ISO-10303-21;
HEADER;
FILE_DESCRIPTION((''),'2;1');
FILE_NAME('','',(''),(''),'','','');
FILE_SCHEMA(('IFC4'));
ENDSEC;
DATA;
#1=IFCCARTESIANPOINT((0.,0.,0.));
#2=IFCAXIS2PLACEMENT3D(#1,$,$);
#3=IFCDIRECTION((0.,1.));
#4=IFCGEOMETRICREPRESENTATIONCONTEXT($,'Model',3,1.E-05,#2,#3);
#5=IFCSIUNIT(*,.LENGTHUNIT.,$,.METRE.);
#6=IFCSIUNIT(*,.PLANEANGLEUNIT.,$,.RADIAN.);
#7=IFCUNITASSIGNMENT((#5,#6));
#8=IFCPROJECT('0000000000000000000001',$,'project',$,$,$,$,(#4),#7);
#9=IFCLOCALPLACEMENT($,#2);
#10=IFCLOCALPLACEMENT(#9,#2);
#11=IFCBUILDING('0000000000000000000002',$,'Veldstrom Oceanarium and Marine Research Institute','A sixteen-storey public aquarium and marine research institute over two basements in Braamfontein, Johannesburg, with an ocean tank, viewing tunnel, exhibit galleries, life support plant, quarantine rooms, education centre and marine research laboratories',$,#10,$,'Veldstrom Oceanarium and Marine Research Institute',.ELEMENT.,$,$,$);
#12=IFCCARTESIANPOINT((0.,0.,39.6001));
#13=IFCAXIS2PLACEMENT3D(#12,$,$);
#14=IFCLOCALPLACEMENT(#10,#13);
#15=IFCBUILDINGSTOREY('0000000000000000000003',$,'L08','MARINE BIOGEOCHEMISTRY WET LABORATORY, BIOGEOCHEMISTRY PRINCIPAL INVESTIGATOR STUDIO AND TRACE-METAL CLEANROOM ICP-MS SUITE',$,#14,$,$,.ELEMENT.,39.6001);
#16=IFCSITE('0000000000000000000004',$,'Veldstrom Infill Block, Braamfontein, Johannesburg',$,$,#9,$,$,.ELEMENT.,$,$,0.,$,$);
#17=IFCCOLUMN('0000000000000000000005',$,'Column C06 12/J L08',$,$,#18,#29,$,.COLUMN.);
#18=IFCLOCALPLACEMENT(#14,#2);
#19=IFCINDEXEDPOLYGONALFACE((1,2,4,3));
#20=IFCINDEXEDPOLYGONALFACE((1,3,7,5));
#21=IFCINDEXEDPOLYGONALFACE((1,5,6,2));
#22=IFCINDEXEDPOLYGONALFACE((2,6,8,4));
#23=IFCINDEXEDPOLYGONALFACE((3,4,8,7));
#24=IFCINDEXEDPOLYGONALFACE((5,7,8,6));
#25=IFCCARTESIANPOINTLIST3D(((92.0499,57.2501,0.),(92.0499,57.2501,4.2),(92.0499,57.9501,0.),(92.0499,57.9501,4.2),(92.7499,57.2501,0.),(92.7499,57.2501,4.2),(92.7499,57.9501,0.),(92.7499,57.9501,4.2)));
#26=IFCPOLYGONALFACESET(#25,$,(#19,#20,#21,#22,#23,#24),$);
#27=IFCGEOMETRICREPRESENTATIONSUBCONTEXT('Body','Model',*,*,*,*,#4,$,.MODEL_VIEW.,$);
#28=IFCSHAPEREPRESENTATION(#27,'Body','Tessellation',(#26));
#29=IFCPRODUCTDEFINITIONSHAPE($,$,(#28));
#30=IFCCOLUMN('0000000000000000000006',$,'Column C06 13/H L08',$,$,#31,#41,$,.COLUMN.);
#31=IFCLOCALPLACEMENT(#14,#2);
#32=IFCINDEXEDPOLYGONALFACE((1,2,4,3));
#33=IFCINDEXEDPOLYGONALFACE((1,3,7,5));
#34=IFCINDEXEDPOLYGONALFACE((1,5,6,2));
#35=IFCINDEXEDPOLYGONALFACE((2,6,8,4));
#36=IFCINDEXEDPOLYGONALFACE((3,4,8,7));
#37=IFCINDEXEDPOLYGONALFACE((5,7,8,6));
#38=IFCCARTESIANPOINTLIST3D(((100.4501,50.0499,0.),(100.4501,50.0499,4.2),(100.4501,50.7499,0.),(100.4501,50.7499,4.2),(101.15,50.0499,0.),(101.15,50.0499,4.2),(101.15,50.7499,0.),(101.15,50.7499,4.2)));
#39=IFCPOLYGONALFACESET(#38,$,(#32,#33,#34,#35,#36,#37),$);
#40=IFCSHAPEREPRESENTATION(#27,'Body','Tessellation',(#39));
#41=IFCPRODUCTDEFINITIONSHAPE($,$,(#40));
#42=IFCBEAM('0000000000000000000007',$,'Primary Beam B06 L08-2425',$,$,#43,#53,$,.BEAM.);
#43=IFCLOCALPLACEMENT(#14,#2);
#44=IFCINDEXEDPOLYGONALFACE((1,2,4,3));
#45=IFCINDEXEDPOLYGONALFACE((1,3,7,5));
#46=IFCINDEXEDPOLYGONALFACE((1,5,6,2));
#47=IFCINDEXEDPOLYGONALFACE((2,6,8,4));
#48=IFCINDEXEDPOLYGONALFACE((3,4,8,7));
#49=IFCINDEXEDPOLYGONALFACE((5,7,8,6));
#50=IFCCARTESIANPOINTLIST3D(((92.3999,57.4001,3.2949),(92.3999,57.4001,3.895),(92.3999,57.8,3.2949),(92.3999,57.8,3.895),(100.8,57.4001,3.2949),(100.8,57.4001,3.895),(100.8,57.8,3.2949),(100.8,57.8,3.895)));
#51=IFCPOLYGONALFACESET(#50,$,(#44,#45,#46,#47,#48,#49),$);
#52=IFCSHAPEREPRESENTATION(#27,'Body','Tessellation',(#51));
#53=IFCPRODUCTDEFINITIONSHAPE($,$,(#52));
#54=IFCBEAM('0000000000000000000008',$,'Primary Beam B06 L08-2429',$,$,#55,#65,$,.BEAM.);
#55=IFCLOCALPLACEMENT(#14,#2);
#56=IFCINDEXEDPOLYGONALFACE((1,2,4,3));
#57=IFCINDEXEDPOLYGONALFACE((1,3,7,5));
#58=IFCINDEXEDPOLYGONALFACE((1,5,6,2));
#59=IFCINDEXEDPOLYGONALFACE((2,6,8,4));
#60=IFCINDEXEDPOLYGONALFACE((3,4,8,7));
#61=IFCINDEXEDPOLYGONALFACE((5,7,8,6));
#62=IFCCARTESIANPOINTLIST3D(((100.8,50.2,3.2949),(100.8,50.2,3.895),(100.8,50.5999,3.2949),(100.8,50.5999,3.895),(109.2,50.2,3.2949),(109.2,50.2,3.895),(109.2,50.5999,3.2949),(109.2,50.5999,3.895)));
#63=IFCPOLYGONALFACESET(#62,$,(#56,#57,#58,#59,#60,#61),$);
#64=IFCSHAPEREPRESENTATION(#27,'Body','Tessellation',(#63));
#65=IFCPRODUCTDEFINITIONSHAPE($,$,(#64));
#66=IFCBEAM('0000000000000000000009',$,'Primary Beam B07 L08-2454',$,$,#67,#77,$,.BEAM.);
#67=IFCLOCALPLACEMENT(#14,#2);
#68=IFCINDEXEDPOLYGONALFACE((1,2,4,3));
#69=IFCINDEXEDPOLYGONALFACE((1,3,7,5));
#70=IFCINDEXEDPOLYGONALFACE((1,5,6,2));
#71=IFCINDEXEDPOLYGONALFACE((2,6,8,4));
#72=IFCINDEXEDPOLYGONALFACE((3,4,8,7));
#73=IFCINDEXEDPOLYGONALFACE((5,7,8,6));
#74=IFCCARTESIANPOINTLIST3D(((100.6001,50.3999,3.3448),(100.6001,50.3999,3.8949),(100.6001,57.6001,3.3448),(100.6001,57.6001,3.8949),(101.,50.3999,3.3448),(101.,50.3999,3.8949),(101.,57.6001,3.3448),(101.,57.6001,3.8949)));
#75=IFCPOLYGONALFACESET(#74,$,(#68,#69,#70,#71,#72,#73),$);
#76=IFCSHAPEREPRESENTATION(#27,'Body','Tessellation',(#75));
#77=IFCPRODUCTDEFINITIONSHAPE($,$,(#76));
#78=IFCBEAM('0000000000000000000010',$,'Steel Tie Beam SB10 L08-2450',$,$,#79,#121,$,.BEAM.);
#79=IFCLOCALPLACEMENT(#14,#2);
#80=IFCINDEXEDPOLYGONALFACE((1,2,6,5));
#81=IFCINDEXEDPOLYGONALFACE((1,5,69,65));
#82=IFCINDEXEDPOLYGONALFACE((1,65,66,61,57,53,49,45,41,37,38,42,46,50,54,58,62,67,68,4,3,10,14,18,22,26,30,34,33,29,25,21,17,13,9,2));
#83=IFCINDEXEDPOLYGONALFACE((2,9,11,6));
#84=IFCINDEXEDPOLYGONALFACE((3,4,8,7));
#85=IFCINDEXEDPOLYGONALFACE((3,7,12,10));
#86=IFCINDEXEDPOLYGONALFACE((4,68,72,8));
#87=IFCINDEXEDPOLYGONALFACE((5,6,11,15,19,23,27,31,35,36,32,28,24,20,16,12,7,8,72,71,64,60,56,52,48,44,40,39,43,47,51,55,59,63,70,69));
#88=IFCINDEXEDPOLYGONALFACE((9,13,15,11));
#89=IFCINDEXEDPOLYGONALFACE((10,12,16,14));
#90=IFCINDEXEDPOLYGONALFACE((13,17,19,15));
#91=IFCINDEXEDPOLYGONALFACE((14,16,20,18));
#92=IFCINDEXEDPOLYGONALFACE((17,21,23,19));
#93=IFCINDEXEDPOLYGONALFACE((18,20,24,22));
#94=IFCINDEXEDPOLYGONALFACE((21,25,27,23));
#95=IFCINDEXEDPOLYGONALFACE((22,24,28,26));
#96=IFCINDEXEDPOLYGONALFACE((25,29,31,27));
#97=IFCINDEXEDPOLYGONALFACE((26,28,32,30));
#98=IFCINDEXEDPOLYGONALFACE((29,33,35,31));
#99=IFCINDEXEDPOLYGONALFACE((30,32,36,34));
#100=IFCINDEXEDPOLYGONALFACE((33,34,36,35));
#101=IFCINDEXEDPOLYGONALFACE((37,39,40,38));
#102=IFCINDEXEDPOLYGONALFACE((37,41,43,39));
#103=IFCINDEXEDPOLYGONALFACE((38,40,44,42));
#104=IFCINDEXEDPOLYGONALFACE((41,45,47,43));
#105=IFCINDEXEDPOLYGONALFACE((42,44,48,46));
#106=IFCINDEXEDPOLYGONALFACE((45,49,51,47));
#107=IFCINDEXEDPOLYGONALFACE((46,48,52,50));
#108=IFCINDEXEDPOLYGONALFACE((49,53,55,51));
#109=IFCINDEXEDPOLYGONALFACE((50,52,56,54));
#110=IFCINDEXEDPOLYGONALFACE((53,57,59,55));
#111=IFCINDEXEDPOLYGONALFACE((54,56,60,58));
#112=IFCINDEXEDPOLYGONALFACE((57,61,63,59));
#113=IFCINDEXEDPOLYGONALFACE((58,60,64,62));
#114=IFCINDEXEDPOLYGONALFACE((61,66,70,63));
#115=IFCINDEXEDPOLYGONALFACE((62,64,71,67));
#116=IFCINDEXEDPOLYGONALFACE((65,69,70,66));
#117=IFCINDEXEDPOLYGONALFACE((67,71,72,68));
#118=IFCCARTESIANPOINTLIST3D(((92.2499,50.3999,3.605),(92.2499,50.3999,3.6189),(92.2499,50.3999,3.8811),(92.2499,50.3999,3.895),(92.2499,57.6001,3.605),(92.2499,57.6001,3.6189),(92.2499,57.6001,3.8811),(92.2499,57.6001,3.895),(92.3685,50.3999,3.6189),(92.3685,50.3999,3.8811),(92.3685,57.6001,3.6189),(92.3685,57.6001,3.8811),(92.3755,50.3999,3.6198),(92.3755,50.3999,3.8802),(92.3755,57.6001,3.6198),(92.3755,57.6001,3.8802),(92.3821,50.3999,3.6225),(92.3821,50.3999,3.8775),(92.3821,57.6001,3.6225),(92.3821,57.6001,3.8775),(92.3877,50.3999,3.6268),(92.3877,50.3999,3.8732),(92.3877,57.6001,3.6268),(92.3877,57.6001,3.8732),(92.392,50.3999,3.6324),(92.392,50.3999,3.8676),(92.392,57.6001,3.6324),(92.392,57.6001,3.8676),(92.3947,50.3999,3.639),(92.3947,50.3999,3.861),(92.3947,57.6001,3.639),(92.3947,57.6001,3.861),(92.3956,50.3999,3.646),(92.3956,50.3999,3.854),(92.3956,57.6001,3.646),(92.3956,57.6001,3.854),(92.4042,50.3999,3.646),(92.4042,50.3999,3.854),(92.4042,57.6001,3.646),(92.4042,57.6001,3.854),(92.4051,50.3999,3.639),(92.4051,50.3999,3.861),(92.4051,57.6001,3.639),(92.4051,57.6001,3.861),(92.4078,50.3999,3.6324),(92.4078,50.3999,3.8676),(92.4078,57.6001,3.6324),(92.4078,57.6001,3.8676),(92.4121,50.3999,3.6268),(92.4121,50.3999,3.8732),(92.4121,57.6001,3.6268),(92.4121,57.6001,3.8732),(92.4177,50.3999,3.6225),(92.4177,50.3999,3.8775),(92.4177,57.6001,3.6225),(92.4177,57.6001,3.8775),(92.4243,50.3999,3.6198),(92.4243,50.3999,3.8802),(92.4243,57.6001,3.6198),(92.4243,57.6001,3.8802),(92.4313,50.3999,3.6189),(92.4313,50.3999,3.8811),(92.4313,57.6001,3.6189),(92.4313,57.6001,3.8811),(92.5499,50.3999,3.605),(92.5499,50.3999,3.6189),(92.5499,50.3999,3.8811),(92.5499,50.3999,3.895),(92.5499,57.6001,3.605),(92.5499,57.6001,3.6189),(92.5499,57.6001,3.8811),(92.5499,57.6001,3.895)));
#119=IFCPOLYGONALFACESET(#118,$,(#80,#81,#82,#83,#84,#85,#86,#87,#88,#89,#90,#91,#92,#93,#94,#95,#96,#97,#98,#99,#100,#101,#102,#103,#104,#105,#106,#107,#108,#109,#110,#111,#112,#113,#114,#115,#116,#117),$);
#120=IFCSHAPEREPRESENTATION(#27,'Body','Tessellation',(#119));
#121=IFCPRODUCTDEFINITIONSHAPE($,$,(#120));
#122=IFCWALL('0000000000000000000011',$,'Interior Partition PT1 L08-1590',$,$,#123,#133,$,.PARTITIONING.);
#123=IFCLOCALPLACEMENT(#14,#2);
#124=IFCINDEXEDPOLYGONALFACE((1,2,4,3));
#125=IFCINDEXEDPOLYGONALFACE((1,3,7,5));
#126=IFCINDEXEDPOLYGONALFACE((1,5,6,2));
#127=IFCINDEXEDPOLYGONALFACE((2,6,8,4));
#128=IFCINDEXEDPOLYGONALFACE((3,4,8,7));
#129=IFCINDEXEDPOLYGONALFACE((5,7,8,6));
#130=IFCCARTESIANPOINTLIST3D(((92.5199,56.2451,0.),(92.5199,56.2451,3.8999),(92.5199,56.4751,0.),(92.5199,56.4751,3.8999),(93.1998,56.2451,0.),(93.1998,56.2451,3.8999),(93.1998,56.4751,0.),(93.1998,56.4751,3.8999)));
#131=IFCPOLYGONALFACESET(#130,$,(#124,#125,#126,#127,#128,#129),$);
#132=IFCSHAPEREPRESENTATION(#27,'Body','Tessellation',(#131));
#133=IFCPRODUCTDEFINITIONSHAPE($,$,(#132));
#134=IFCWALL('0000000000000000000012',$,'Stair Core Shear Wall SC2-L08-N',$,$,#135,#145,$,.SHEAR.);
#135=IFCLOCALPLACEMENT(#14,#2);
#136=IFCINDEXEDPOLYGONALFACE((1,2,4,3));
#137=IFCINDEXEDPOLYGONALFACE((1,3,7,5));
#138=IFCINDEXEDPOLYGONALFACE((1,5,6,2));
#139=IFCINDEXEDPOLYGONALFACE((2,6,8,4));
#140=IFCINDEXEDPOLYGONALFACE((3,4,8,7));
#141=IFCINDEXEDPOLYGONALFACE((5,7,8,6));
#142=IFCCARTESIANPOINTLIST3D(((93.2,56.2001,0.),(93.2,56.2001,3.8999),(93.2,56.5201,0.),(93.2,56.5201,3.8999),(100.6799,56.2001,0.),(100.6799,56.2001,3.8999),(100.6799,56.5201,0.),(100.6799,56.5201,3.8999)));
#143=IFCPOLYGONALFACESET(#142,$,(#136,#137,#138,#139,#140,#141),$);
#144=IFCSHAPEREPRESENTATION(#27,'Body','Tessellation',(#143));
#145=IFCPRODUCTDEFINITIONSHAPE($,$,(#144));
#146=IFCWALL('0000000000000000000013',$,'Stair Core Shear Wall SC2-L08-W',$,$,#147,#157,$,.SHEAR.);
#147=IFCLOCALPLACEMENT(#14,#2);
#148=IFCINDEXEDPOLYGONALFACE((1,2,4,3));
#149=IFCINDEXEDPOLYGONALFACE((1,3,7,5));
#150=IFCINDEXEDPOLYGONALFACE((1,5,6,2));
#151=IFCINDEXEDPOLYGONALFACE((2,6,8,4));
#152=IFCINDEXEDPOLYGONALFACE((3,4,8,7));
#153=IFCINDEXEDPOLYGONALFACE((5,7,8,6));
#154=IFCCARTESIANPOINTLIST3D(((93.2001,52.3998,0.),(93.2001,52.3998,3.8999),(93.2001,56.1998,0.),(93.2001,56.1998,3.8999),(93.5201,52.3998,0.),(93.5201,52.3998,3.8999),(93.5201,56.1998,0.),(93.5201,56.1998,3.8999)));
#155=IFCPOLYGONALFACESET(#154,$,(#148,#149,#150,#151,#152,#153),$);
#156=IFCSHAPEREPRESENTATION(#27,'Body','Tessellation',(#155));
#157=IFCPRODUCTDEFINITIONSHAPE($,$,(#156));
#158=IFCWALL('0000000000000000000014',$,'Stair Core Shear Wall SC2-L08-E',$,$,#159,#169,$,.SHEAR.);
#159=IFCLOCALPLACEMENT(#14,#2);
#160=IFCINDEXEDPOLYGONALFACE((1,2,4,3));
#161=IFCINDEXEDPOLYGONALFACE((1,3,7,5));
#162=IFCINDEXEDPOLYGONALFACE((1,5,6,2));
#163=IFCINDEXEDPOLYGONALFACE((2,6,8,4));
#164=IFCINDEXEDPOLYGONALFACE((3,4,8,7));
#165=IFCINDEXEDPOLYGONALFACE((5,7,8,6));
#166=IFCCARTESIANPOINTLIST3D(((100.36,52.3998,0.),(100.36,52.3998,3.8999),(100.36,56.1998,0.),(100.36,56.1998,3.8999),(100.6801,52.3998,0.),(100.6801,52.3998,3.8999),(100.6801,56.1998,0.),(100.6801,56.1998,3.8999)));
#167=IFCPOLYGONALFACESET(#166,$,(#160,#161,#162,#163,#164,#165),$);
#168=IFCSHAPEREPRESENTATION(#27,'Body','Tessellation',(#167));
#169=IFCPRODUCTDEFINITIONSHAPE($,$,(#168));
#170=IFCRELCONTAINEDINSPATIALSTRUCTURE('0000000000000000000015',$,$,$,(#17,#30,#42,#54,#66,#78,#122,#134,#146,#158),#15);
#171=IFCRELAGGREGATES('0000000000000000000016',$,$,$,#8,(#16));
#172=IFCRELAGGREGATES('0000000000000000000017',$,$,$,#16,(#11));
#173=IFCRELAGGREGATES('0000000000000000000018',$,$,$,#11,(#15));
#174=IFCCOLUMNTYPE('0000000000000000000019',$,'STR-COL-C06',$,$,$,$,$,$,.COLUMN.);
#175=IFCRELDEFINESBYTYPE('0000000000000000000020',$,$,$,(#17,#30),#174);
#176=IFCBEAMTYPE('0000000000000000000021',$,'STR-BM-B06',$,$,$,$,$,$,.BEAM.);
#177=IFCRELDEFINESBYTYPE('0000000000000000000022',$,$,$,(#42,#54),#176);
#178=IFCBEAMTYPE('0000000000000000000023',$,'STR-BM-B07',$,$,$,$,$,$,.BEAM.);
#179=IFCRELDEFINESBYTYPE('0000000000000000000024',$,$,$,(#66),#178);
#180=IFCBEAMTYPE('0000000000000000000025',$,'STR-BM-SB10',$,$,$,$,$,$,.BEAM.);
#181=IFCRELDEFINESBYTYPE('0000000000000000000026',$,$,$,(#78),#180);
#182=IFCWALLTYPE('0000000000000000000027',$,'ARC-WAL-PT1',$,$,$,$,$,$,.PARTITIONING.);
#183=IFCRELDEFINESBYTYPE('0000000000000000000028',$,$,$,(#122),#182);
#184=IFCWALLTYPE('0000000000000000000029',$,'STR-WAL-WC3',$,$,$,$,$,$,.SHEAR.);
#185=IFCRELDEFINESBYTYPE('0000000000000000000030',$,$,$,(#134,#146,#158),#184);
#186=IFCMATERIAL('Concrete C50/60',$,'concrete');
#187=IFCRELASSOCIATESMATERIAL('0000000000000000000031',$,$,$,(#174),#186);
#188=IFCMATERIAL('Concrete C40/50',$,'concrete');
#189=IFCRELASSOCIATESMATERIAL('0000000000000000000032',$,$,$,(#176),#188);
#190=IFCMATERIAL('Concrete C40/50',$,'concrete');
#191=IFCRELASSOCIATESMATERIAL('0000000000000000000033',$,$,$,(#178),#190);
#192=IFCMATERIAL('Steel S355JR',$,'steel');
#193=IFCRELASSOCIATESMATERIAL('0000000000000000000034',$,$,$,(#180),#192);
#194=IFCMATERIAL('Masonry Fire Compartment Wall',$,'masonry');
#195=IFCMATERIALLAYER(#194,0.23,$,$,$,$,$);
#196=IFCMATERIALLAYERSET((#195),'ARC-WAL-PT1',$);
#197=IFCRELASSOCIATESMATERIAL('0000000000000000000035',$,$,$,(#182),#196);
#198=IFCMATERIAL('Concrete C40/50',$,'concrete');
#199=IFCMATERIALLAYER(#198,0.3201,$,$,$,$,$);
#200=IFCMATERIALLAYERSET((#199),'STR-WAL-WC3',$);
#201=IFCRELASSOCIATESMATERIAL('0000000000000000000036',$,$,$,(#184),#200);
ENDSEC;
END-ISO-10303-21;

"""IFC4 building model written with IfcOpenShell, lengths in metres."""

from ifc_helpers import new_model, si_unit, direction, frame, frame_2d, origin, origin_2d, place, context, subcontext, project, spatial, rectangle, i_section, extrude, material, layer, layer_set, material_profile, profile_set, type_object, element, save


model = new_model("IFC4")

# Units and contexts
model_context = context("Model", 3, precision=1e-05, world=origin(), true_north=direction((0.0, 1.0)))
body_context = subcontext(model_context, "Body", "Model", "MODEL_VIEW")
ifc_project = project(units=[si_unit("LENGTHUNIT", "METRE"), si_unit("PLANEANGLEUNIT", "RADIAN")], contexts=[model_context])

# Site, building, storey
site_placement = place(None, origin())
site = spatial("IfcSite", under=ifc_project, at=site_placement, Name="Veldstrom Infill Block, Braamfontein, Johannesburg", CompositionType="ELEMENT", RefElevation=0.0)
building_placement = place(site_placement, origin())
building = spatial("IfcBuilding", under=site, at=building_placement, Name="Veldstrom Oceanarium and Marine Research Institute", Description="A sixteen-storey public aquarium and marine research institute over two basements in Braamfontein, Johannesburg, with an ocean tank, viewing tunnel, exhibit galleries, life support plant, quarantine rooms, education centre and marine research laboratories", LongName="Veldstrom Oceanarium and Marine Research Institute", CompositionType="ELEMENT")
storey_placement = place(building_placement, frame((0.0, 0.0, 39.6001)))
storey = spatial("IfcBuildingStorey", under=building, at=storey_placement, Name="L08", Description="MARINE BIOGEOCHEMISTRY WET LABORATORY, BIOGEOCHEMISTRY PRINCIPAL INVESTIGATOR STUDIO AND TRACE-METAL CLEANROOM ICP-MS SUITE", CompositionType="ELEMENT", Elevation=39.6001)

# Columns
ifc_material_1 = material(Name="Concrete C50/60", Category="concrete")
ifc_material_profile_1 = material_profile(ifc_material_1, rectangle(XDim=0.7, YDim=0.7, at=origin_2d()), Name="RC-COL-700x700")
ifc_profile_set_1 = profile_set([ifc_material_profile_1], Name="Concrete C50/60")
column_type = type_object("IfcColumnType", Name="STR-COL-C06", PredefinedType="COLUMN", material=ifc_profile_set_1)
for number, where, z_axis, x_axis, name in (
    (1, (92.3999, 57.6001, 0.0), (0.0, 0.0, 1.0), (1.0, 0.0, 0.0), "Column C06 12/J L08"),
    (2, (100.8, 50.3999, 0.0), (0.0, 0.0, 1.0), (1.0, 0.0, 0.0), "Column C06 13/H L08"),
):
    element("IfcColumn", number, at=place(storey_placement, frame(where, z_axis=z_axis, x_axis=x_axis)), inside=storey, type_object=column_type, Name=name, PredefinedType="COLUMN", context=body_context, shape_type="SweptSolid", body=[
        extrude(rectangle(XDim=0.7, YDim=0.7, at=origin_2d()), origin(), (0.0, 0.0, 1.0), 4.2),
    ])

# Beams
ifc_material_2 = material(Name="Concrete C40/50", Category="concrete")
ifc_material_profile_2 = material_profile(ifc_material_2, rectangle(XDim=0.3999, YDim=0.6001, at=origin_2d()), Name="RC-BM-400x600")
ifc_profile_set_2 = profile_set([ifc_material_profile_2], Name="Concrete C40/50")
beam_type_1 = type_object("IfcBeamType", Name="STR-BM-B06", PredefinedType="BEAM", material=ifc_profile_set_2)
beam_1_placement = place(storey_placement, frame((92.3999, 57.6001, 3.595), z_axis=(1.0, 0.0, 0.0), x_axis=(0.0, 1.0, 0.0)))
element("IfcBeam", 3, at=beam_1_placement, inside=storey, type_object=beam_type_1, Name="Primary Beam B06 L08-2425", PredefinedType="BEAM", context=body_context, shape_type="SweptSolid", body=[
    extrude(rectangle(XDim=0.3999, YDim=0.6001, at=origin_2d()), origin(), (0.0, 0.0, 1.0), 8.4001),
])
beam_2_placement = place(storey_placement, frame((100.8, 50.3999, 3.595), z_axis=(1.0, 0.0, 0.0), x_axis=(0.0, 1.0, 0.0)))
element("IfcBeam", 4, at=beam_2_placement, inside=storey, type_object=beam_type_1, Name="Primary Beam B06 L08-2429", PredefinedType="BEAM", context=body_context, shape_type="SweptSolid", body=[
    extrude(rectangle(XDim=0.3999, YDim=0.6001, at=origin_2d()), origin(), (0.0, 0.0, 1.0), 8.3999),
])
ifc_material_3 = material(Name="Concrete C40/50", Category="concrete")
ifc_material_profile_3 = material_profile(ifc_material_3, rectangle(XDim=0.3999, YDim=0.55, at=origin_2d()), Name="RC-BM-400x550")
ifc_profile_set_3 = profile_set([ifc_material_profile_3], Name="Concrete C40/50")
beam_type_2 = type_object("IfcBeamType", Name="STR-BM-B07", PredefinedType="BEAM", material=ifc_profile_set_3)
beam_3_placement = place(storey_placement, frame((100.8, 50.3999, 3.6199), z_axis=(0.0, 1.0, 0.0), x_axis=(-1.0, 0.0, 0.0)))
element("IfcBeam", 5, at=beam_3_placement, inside=storey, type_object=beam_type_2, Name="Primary Beam B07 L08-2454", PredefinedType="BEAM", context=body_context, shape_type="SweptSolid", body=[
    extrude(rectangle(XDim=0.3999, YDim=0.55, at=origin_2d()), origin(), (0.0, 0.0, 1.0), 7.2002),
])
ifc_material_4 = material(Name="Steel S355JR", Category="steel")
ifc_material_profile_4 = material_profile(ifc_material_4, i_section(OverallWidth=0.3, OverallDepth=0.29, WebThickness=0.0085, FlangeThickness=0.0139, FilletRadius=0.0271, at=origin_2d()), Name="HEA 300")
ifc_profile_set_4 = profile_set([ifc_material_profile_4], Name="Steel S355JR")
beam_type_3 = type_object("IfcBeamType", Name="STR-BM-SB10", PredefinedType="BEAM", material=ifc_profile_set_4)
beam_4_placement = place(storey_placement, frame((92.3999, 50.3999, 3.75), z_axis=(0.0, 1.0, 0.0), x_axis=(-1.0, 0.0, 0.0)))
element("IfcBeam", 6, at=beam_4_placement, inside=storey, type_object=beam_type_3, Name="Steel Tie Beam SB10 L08-2450", PredefinedType="BEAM", context=body_context, shape_type="SweptSolid", body=[
    extrude(i_section(OverallWidth=0.3, OverallDepth=0.29, WebThickness=0.0085, FlangeThickness=0.0139, FilletRadius=0.0271, at=origin_2d()), origin(), (0.0, 0.0, 1.0), 7.2002),
])

# Shared definitions
ifc_material_5 = material(Name="Masonry Fire Compartment Wall", Category="masonry")
ifc_layer_1 = layer(ifc_material_5, 0.23)
ifc_layer_set_1 = layer_set([ifc_layer_1], Name="ARC-WAL-PT1")
wall_type_1 = type_object("IfcWallType", Name="ARC-WAL-PT1", PredefinedType="PARTITIONING", material=ifc_layer_set_1)

# Wall
wall_1_placement = place(storey_placement, frame((92.52, 56.3601, 0.0), z_axis=(0.0, 0.0, 1.0), x_axis=(1.0, 0.0, 0.0)))
element("IfcWall", 7, at=wall_1_placement, inside=storey, type_object=wall_type_1, Name="Interior Partition PT1 L08-1590", PredefinedType="PARTITIONING", context=body_context, shape_type="SweptSolid", body=[
    extrude(rectangle(XDim=0.6799, YDim=0.23, at=frame_2d((0.3398, 0.0))), origin(), (0.0, 0.0, 1.0), 3.8999),
])

# Shared definitions
ifc_material_6 = material(Name="Concrete C40/50", Category="concrete")
ifc_layer_2 = layer(ifc_material_6, 0.3201)
ifc_layer_set_2 = layer_set([ifc_layer_2], Name="STR-WAL-WC3")
wall_type_2 = type_object("IfcWallType", Name="STR-WAL-WC3", PredefinedType="SHEAR", material=ifc_layer_set_2)

# Walls
wall_2_placement = place(storey_placement, frame((93.2, 56.3601, 0.0), z_axis=(0.0, 0.0, 1.0), x_axis=(1.0, 0.0, 0.0)))
element("IfcWall", 8, at=wall_2_placement, inside=storey, type_object=wall_type_2, Name="Stair Core Shear Wall SC2-L08-N", PredefinedType="SHEAR", context=body_context, shape_type="SweptSolid", body=[
    extrude(rectangle(XDim=7.48, YDim=0.3201, at=frame_2d((3.74, 0.0))), origin(), (0.0, 0.0, 1.0), 3.8999),
])
for number, where, z_axis, x_axis, name in (
    (9, (93.3601, 52.3999, 0.0), (0.0, 0.0, 1.0), (0.0, 1.0, 0.0), "Stair Core Shear Wall SC2-L08-W"),
    (10, (100.52, 52.3999, 0.0), (0.0, 0.0, 1.0), (0.0, 1.0, 0.0), "Stair Core Shear Wall SC2-L08-E"),
):
    element("IfcWall", number, at=place(storey_placement, frame(where, z_axis=z_axis, x_axis=x_axis)), inside=storey, type_object=wall_type_2, Name=name, PredefinedType="SHEAR", context=body_context, shape_type="SweptSolid", body=[
        extrude(rectangle(XDim=3.8, YDim=0.3201, at=frame_2d((1.8999, 0.0))), origin(), (0.0, 0.0, 1.0), 3.8999),
    ])

save(model, "model.ifc")
